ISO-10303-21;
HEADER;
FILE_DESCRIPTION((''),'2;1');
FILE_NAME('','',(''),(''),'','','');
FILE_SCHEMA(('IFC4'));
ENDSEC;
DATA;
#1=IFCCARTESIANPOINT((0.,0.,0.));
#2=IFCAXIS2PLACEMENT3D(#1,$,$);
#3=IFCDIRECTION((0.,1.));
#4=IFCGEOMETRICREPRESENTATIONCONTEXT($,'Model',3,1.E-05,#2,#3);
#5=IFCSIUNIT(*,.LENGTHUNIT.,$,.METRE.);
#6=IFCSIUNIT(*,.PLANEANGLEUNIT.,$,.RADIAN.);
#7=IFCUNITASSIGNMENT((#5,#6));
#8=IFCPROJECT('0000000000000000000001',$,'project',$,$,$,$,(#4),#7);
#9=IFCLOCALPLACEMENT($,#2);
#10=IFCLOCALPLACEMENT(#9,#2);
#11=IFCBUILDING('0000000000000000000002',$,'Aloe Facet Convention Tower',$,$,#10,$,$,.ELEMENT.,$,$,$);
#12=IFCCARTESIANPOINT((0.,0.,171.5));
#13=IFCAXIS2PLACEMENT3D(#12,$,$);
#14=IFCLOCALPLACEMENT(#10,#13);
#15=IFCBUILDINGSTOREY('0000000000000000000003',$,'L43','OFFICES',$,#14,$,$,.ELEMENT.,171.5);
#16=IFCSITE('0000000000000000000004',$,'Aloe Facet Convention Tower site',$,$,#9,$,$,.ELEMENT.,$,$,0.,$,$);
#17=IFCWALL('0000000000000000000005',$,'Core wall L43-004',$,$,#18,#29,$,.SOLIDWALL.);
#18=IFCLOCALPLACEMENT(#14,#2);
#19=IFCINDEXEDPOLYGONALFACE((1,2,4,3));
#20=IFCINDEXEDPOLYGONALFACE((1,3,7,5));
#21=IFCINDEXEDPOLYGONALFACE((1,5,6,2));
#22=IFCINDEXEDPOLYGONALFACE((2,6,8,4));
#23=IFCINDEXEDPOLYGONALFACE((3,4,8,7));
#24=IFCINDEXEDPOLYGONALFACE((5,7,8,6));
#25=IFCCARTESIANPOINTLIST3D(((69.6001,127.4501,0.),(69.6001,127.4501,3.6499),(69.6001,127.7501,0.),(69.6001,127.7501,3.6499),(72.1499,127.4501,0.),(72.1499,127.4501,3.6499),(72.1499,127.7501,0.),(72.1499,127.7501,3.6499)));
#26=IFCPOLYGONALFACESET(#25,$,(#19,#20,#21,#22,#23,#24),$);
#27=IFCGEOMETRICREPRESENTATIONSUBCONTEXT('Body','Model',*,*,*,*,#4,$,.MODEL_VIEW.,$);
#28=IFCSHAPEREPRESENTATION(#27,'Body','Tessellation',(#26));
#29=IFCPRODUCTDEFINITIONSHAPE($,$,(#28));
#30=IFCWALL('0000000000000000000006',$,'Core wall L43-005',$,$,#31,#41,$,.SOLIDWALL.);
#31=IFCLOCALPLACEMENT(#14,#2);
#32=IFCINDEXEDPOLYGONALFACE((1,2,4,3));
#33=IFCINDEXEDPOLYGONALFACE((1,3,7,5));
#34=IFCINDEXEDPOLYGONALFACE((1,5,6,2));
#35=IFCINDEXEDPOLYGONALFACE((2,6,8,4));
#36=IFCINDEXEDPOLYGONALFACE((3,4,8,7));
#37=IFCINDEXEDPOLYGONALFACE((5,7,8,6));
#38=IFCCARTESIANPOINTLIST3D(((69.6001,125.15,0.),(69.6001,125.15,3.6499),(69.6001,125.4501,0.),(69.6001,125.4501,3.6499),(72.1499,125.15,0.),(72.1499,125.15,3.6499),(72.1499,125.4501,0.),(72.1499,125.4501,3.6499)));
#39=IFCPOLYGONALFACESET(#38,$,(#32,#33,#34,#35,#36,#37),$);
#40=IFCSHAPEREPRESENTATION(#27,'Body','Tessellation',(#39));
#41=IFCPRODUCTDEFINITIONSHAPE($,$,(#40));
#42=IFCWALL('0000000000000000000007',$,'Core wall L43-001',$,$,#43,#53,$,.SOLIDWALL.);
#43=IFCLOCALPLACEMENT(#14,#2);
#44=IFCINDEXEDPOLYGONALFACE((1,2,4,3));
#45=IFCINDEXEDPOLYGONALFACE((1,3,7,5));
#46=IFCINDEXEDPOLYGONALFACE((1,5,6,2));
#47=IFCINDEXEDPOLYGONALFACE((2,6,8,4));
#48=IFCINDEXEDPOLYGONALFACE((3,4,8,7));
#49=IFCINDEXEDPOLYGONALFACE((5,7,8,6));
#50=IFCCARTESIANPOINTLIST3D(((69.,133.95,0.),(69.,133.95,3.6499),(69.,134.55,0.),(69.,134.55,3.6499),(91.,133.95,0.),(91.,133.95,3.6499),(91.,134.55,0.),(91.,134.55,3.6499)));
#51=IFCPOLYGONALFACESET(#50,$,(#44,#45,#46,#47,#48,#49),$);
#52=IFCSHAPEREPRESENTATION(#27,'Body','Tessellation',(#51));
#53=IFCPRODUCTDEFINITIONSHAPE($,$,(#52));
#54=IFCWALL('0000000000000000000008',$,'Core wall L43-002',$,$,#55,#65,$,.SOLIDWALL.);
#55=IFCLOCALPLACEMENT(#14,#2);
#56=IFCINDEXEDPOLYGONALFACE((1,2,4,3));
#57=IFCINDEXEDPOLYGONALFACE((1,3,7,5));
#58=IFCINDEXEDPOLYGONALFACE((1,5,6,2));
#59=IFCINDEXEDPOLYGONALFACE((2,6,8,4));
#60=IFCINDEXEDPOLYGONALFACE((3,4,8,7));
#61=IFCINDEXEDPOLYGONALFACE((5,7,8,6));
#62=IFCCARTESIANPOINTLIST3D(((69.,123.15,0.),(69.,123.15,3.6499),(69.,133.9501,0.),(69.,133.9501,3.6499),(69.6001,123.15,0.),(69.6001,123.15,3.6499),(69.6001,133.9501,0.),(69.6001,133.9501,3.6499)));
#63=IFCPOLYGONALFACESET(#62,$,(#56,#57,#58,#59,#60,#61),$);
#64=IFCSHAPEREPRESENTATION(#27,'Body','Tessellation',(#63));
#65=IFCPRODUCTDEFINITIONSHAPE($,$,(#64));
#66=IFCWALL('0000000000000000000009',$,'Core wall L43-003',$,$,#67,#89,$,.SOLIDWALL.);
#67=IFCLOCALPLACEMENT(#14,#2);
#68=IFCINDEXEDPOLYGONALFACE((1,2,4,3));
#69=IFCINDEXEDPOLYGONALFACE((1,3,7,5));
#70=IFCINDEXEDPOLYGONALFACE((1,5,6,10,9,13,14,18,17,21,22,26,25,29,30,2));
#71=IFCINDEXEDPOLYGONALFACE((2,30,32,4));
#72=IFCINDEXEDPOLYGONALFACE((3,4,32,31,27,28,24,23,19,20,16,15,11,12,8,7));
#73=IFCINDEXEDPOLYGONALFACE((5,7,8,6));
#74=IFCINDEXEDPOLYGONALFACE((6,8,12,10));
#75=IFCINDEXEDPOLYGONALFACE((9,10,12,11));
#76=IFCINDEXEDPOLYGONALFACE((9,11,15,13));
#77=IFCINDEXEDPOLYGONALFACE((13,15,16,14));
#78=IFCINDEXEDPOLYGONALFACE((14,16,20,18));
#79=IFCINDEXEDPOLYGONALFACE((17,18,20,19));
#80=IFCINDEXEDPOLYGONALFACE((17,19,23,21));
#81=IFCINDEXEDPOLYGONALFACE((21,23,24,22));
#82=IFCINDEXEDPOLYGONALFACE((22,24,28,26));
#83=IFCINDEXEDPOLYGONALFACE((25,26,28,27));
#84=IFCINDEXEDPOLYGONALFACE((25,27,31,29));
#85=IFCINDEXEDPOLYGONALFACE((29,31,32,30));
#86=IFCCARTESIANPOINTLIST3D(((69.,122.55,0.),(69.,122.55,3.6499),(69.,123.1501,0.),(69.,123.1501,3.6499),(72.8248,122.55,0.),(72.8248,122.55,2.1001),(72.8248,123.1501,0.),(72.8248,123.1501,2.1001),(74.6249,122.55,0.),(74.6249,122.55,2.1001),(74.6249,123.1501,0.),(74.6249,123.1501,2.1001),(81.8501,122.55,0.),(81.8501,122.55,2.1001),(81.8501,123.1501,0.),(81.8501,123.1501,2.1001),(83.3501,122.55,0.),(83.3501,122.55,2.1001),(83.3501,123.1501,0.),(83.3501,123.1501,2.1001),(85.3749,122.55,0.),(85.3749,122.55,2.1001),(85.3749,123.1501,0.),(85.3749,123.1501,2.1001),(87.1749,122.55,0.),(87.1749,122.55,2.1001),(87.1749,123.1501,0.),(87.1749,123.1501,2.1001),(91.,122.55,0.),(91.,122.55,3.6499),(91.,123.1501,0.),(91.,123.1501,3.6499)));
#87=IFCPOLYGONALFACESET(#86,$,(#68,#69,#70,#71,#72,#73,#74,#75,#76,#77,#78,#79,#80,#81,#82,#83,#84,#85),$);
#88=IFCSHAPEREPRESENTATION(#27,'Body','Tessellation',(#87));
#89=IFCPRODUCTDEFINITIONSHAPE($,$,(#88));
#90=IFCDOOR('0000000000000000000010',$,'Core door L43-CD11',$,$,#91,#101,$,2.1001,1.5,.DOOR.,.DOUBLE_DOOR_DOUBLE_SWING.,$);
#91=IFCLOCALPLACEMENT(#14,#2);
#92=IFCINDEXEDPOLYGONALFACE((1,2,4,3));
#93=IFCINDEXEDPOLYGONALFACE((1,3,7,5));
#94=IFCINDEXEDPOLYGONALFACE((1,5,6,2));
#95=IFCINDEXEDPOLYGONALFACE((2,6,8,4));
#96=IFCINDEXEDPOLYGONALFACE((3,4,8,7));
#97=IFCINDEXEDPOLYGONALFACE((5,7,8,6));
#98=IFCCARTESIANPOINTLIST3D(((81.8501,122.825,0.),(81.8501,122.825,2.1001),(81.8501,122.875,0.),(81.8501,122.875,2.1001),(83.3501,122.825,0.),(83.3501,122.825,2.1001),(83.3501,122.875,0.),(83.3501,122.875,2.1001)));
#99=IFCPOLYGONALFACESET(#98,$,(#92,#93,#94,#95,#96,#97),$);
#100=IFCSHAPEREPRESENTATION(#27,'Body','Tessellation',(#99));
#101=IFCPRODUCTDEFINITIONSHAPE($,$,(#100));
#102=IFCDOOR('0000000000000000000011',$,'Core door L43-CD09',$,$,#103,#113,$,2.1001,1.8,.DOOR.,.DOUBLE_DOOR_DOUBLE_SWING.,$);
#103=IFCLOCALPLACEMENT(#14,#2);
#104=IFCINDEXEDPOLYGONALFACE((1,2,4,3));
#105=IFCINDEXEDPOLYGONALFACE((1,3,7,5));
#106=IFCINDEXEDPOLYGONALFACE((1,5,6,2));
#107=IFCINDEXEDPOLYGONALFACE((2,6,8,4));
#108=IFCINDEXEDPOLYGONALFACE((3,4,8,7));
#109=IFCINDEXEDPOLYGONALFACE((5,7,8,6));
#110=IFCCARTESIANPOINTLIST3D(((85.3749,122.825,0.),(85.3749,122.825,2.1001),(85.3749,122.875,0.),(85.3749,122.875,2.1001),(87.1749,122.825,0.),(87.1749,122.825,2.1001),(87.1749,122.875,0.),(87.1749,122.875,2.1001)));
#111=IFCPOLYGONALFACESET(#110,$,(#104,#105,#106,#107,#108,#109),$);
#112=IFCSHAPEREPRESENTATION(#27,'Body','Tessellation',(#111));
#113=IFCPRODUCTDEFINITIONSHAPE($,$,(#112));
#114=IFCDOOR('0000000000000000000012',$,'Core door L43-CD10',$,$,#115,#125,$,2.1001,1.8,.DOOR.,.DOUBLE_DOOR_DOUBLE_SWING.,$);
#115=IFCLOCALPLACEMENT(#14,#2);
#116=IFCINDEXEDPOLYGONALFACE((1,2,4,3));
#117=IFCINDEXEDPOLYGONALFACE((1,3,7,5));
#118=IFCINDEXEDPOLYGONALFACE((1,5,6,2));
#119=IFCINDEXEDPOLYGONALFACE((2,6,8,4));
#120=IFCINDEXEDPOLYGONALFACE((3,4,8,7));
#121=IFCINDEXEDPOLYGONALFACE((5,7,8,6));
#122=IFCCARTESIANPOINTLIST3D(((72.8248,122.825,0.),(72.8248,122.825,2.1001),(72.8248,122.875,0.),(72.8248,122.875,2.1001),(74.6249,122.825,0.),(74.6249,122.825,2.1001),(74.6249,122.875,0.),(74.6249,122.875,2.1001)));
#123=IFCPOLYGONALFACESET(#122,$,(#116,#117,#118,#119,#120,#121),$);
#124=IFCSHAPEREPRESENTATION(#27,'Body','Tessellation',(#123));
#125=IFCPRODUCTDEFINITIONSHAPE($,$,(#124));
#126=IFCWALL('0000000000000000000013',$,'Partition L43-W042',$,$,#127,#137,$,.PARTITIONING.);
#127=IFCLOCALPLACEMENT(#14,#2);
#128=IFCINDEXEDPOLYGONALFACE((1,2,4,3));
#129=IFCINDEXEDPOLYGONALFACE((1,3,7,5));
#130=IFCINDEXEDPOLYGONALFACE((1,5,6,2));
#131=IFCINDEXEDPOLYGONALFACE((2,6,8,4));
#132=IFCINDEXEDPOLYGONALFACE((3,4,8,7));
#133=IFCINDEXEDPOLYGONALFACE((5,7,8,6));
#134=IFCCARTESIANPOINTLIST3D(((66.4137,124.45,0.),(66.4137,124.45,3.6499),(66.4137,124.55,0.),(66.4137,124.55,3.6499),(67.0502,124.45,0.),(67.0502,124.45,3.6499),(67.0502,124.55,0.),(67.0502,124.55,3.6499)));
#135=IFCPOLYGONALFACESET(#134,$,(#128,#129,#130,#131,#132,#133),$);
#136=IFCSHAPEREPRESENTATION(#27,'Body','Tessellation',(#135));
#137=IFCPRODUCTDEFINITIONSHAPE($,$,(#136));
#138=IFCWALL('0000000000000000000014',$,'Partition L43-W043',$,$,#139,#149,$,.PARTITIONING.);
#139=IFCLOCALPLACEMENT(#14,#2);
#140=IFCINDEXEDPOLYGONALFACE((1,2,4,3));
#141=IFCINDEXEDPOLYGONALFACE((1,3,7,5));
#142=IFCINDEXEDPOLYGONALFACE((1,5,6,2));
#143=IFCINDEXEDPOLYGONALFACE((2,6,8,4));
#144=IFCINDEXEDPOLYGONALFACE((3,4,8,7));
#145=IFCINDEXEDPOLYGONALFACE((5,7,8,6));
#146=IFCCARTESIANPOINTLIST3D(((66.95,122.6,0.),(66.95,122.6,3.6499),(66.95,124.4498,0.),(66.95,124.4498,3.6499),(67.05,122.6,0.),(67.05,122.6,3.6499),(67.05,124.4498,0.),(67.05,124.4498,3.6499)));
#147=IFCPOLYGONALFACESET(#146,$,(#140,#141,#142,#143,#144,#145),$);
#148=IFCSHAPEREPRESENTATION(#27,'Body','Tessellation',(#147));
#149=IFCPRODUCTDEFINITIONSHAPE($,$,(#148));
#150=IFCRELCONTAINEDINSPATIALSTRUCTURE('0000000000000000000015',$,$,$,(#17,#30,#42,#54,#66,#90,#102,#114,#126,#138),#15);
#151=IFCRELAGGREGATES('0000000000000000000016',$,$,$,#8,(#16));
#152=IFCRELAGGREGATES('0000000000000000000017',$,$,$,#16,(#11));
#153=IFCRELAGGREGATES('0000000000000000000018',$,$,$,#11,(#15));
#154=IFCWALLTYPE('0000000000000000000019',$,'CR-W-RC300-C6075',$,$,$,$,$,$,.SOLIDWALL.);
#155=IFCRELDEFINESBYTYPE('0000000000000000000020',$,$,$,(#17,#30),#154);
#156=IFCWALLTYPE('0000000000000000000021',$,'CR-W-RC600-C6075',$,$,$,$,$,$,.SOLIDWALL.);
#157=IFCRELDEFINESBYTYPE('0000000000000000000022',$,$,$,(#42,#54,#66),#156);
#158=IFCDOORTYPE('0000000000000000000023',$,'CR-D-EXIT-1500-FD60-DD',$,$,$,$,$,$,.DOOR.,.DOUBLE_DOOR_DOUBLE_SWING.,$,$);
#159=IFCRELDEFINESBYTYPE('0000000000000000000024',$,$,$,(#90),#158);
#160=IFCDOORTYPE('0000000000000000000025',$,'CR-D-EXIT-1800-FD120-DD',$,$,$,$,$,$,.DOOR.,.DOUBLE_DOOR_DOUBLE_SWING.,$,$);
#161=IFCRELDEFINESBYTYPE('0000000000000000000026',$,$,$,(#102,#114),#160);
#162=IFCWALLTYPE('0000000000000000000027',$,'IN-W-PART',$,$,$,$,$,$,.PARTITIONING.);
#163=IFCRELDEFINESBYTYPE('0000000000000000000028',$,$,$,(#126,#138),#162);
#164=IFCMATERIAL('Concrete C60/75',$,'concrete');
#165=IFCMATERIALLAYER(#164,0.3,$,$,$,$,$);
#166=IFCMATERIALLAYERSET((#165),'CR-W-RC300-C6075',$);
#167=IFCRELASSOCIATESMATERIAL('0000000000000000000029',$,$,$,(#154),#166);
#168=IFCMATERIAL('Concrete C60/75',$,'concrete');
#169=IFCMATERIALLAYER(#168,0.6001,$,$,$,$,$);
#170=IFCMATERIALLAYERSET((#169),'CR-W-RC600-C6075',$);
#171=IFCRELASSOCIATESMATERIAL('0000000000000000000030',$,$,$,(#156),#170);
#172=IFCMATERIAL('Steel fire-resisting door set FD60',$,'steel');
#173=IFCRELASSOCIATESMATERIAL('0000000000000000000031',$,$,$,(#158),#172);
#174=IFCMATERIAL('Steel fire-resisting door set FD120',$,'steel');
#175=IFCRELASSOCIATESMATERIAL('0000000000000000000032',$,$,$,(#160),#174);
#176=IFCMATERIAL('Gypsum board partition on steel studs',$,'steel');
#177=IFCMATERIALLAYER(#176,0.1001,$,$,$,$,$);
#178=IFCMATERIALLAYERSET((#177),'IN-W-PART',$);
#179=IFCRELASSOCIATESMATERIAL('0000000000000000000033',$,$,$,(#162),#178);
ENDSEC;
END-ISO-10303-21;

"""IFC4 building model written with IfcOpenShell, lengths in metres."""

from ifc_helpers import new_model, si_unit, direction, frame, frame_2d, origin, place, context, subcontext, project, spatial, rectangle, extrude, material, layer, layer_set, type_object, element, fill, save


model = new_model("IFC4")

# Units and contexts
model_context = context("Model", 3, precision=1e-05, world=origin(), true_north=direction((0.0, 1.0)))
body_context = subcontext(model_context, "Body", "Model", "MODEL_VIEW")
ifc_project = project(units=[si_unit("LENGTHUNIT", "METRE"), si_unit("PLANEANGLEUNIT", "RADIAN")], contexts=[model_context])

# Site, building, storey
site_placement = place(None, origin())
site = spatial("IfcSite", under=ifc_project, at=site_placement, Name="Aloe Facet Convention Tower site", CompositionType="ELEMENT", RefElevation=0.0)
building_placement = place(site_placement, origin())
building = spatial("IfcBuilding", under=site, at=building_placement, Name="Aloe Facet Convention Tower", CompositionType="ELEMENT")
storey_placement = place(building_placement, frame((0.0, 0.0, 171.5)))
storey = spatial("IfcBuildingStorey", under=building, at=storey_placement, Name="L43", Description="OFFICES", CompositionType="ELEMENT", Elevation=171.5)

# Walls
ifc_material_1 = material(Name="Concrete C60/75", Category="concrete")
ifc_layer_1 = layer(ifc_material_1, 0.3)
ifc_layer_set_1 = layer_set([ifc_layer_1], Name="CR-W-RC300-C6075")
wall_type_1 = type_object("IfcWallType", Name="CR-W-RC300-C6075", PredefinedType="SOLIDWALL", material=ifc_layer_set_1)
for number, where, z_axis, x_axis, name in (
    (1, (69.6001, 127.6001, 0.0), (0.0, 0.0, 1.0), (1.0, 0.0, 0.0), "Core wall L43-004"),
    (2, (69.6001, 125.3, 0.0), (0.0, 0.0, 1.0), (1.0, 0.0, 0.0), "Core wall L43-005"),
):
    element("IfcWall", number, at=place(storey_placement, frame(where, z_axis=z_axis, x_axis=x_axis)), inside=storey, type_object=wall_type_1, Name=name, PredefinedType="SOLIDWALL", context=body_context, shape_type="SweptSolid", body=[
        extrude(rectangle(XDim=2.5498, YDim=0.3, at=frame_2d((1.2749, 0.0))), origin(), (0.0, 0.0, 1.0), 3.6499),
    ])
ifc_material_2 = material(Name="Concrete C60/75", Category="concrete")
ifc_layer_2 = layer(ifc_material_2, 0.6001)
ifc_layer_set_2 = layer_set([ifc_layer_2], Name="CR-W-RC600-C6075")
wall_type_2 = type_object("IfcWallType", Name="CR-W-RC600-C6075", PredefinedType="SOLIDWALL", material=ifc_layer_set_2)
wall_1_placement = place(storey_placement, frame((69.0, 134.25, 0.0), z_axis=(0.0, 0.0, 1.0), x_axis=(1.0, 0.0, 0.0)))
element("IfcWall", 3, at=wall_1_placement, inside=storey, type_object=wall_type_2, Name="Core wall L43-001", PredefinedType="SOLIDWALL", context=body_context, shape_type="SweptSolid", body=[
    extrude(rectangle(XDim=22.0, YDim=0.6001, at=frame_2d((11.0, 0.0))), origin(), (0.0, 0.0, 1.0), 3.6499),
])
wall_2_placement = place(storey_placement, frame((69.3, 133.95, 0.0), z_axis=(0.0, 0.0, 1.0), x_axis=(0.0, -1.0, 0.0)))
element("IfcWall", 4, at=wall_2_placement, inside=storey, type_object=wall_type_2, Name="Core wall L43-002", PredefinedType="SOLIDWALL", context=body_context, shape_type="SweptSolid", body=[
    extrude(rectangle(XDim=10.8, YDim=0.6001, at=frame_2d((5.3999, 0.0))), origin(), (0.0, 0.0, 1.0), 3.6499),
])

# Wall, openings, doors
wall_3_placement = place(storey_placement, frame((69.0, 122.8501, 0.0), z_axis=(0.0, 0.0, 1.0), x_axis=(1.0, 0.0, 0.0)))
wall_3 = element("IfcWall", 5, at=wall_3_placement, inside=storey, type_object=wall_type_2, Name="Core wall L43-003", PredefinedType="SOLIDWALL", context=body_context, shape_type="SweptSolid", body=[
    extrude(rectangle(XDim=22.0, YDim=0.6001, at=frame_2d((11.0, 0.0))), origin(), (0.0, 0.0, 1.0), 3.6499),
])
opening_1_placement = place(wall_3_placement, frame((16.375, 0.0, 0.0)))
opening_1 = element("IfcOpeningElement", 6, at=opening_1_placement, cuts=wall_3, PredefinedType="OPENING", context=body_context, shape_type="SweptSolid", body=[
    extrude(rectangle(XDim=1.8, YDim=2.1001, at=frame_2d((0.8999, 1.05))), frame((0.0, 0.3101, 0.0), z_axis=(0.0, -1.0, 0.0), x_axis=(1.0, 0.0, 0.0)), (0.0, 0.0, 1.0), 0.6201),
])
opening_2_placement = place(wall_3_placement, frame((3.825, 0.0, 0.0)))
opening_2 = element("IfcOpeningElement", 7, at=opening_2_placement, cuts=wall_3, PredefinedType="OPENING", context=body_context, shape_type="SweptSolid", body=[
    extrude(rectangle(XDim=1.8, YDim=2.1001, at=frame_2d((0.8999, 1.05))), frame((0.0, 0.3101, 0.0), z_axis=(0.0, -1.0, 0.0), x_axis=(1.0, 0.0, 0.0)), (0.0, 0.0, 1.0), 0.6201),
])
opening_3_placement = place(wall_3_placement, frame((12.8501, 0.0, 0.0)))
opening_3 = element("IfcOpeningElement", 8, at=opening_3_placement, cuts=wall_3, PredefinedType="OPENING", context=body_context, shape_type="SweptSolid", body=[
    extrude(rectangle(XDim=1.5, YDim=2.1001, at=frame_2d((0.75, 1.05))), frame((0.0, 0.3101, 0.0), z_axis=(0.0, -1.0, 0.0), x_axis=(1.0, 0.0, 0.0)), (0.0, 0.0, 1.0), 0.6201),
])
ifc_material_3 = material(Name="Steel fire-resisting door set FD60", Category="steel")
door_type_1 = type_object("IfcDoorType", Name="CR-D-EXIT-1500-FD60-DD", OperationType="DOUBLE_DOOR_DOUBLE_SWING", PredefinedType="DOOR", material=ifc_material_3)
door_1_placement = place(opening_3_placement, origin())
door_1 = element("IfcDoor", 9, at=door_1_placement, inside=storey, type_object=door_type_1, Name="Core door L43-CD11", OperationType="DOUBLE_DOOR_DOUBLE_SWING", OverallHeight=2.1001, OverallWidth=1.5, PredefinedType="DOOR", context=body_context, shape_type="SweptSolid", body=[
    extrude(rectangle(XDim=1.5, YDim=2.1001, at=frame_2d((0.75, 1.05))), frame((0.0, 0.0249, 0.0), z_axis=(0.0, -1.0, 0.0), x_axis=(1.0, 0.0, 0.0)), (0.0, 0.0, 1.0), 0.05),
])
fill(opening_3, door_1)
ifc_material_4 = material(Name="Steel fire-resisting door set FD120", Category="steel")
door_type_2 = type_object("IfcDoorType", Name="CR-D-EXIT-1800-FD120-DD", OperationType="DOUBLE_DOOR_DOUBLE_SWING", PredefinedType="DOOR", material=ifc_material_4)
door_2_placement = place(opening_1_placement, origin())
door_2 = element("IfcDoor", 10, at=door_2_placement, inside=storey, type_object=door_type_2, Name="Core door L43-CD09", OperationType="DOUBLE_DOOR_DOUBLE_SWING", OverallHeight=2.1001, OverallWidth=1.8, PredefinedType="DOOR", context=body_context, shape_type="SweptSolid", body=[
    extrude(rectangle(XDim=1.8, YDim=2.1001, at=frame_2d((0.8999, 1.05))), frame((0.0, 0.0249, 0.0), z_axis=(0.0, -1.0, 0.0), x_axis=(1.0, 0.0, 0.0)), (0.0, 0.0, 1.0), 0.05),
])
fill(opening_1, door_2)
door_3_placement = place(opening_2_placement, origin())
door_3 = element("IfcDoor", 11, at=door_3_placement, inside=storey, type_object=door_type_2, Name="Core door L43-CD10", OperationType="DOUBLE_DOOR_DOUBLE_SWING", OverallHeight=2.1001, OverallWidth=1.8, PredefinedType="DOOR", context=body_context, shape_type="SweptSolid", body=[
    extrude(rectangle(XDim=1.8, YDim=2.1001, at=frame_2d((0.8999, 1.05))), frame((0.0, 0.0249, 0.0), z_axis=(0.0, -1.0, 0.0), x_axis=(1.0, 0.0, 0.0)), (0.0, 0.0, 1.0), 0.05),
])
fill(opening_2, door_3)

# Walls
ifc_material_5 = material(Name="Gypsum board partition on steel studs", Category="steel")
ifc_layer_3 = layer(ifc_material_5, 0.1001)
ifc_layer_set_3 = layer_set([ifc_layer_3], Name="IN-W-PART")
wall_type_3 = type_object("IfcWallType", Name="IN-W-PART", PredefinedType="PARTITIONING", material=ifc_layer_set_3)
wall_4_placement = place(storey_placement, frame((66.4136, 124.5, 0.0), z_axis=(0.0, 0.0, 1.0), x_axis=(1.0, 0.0, 0.0)))
element("IfcWall", 12, at=wall_4_placement, inside=storey, type_object=wall_type_3, Name="Partition L43-W042", PredefinedType="PARTITIONING", context=body_context, shape_type="SweptSolid", body=[
    extrude(rectangle(XDim=0.6365, YDim=0.1001, at=frame_2d((0.3184, 0.0))), origin(), (0.0, 0.0, 1.0), 3.6499),
])
wall_5_placement = place(storey_placement, frame((67.0, 122.6001, 0.0), z_axis=(0.0, 0.0, 1.0), x_axis=(0.0, 1.0, 0.0)))
element("IfcWall", 13, at=wall_5_placement, inside=storey, type_object=wall_type_3, Name="Partition L43-W043", PredefinedType="PARTITIONING", context=body_context, shape_type="SweptSolid", body=[
    extrude(rectangle(XDim=1.8499, YDim=0.1001, at=frame_2d((0.9248, 0.0))), origin(), (0.0, 0.0, 1.0), 3.6499),
])

save(model, "model.ifc")
